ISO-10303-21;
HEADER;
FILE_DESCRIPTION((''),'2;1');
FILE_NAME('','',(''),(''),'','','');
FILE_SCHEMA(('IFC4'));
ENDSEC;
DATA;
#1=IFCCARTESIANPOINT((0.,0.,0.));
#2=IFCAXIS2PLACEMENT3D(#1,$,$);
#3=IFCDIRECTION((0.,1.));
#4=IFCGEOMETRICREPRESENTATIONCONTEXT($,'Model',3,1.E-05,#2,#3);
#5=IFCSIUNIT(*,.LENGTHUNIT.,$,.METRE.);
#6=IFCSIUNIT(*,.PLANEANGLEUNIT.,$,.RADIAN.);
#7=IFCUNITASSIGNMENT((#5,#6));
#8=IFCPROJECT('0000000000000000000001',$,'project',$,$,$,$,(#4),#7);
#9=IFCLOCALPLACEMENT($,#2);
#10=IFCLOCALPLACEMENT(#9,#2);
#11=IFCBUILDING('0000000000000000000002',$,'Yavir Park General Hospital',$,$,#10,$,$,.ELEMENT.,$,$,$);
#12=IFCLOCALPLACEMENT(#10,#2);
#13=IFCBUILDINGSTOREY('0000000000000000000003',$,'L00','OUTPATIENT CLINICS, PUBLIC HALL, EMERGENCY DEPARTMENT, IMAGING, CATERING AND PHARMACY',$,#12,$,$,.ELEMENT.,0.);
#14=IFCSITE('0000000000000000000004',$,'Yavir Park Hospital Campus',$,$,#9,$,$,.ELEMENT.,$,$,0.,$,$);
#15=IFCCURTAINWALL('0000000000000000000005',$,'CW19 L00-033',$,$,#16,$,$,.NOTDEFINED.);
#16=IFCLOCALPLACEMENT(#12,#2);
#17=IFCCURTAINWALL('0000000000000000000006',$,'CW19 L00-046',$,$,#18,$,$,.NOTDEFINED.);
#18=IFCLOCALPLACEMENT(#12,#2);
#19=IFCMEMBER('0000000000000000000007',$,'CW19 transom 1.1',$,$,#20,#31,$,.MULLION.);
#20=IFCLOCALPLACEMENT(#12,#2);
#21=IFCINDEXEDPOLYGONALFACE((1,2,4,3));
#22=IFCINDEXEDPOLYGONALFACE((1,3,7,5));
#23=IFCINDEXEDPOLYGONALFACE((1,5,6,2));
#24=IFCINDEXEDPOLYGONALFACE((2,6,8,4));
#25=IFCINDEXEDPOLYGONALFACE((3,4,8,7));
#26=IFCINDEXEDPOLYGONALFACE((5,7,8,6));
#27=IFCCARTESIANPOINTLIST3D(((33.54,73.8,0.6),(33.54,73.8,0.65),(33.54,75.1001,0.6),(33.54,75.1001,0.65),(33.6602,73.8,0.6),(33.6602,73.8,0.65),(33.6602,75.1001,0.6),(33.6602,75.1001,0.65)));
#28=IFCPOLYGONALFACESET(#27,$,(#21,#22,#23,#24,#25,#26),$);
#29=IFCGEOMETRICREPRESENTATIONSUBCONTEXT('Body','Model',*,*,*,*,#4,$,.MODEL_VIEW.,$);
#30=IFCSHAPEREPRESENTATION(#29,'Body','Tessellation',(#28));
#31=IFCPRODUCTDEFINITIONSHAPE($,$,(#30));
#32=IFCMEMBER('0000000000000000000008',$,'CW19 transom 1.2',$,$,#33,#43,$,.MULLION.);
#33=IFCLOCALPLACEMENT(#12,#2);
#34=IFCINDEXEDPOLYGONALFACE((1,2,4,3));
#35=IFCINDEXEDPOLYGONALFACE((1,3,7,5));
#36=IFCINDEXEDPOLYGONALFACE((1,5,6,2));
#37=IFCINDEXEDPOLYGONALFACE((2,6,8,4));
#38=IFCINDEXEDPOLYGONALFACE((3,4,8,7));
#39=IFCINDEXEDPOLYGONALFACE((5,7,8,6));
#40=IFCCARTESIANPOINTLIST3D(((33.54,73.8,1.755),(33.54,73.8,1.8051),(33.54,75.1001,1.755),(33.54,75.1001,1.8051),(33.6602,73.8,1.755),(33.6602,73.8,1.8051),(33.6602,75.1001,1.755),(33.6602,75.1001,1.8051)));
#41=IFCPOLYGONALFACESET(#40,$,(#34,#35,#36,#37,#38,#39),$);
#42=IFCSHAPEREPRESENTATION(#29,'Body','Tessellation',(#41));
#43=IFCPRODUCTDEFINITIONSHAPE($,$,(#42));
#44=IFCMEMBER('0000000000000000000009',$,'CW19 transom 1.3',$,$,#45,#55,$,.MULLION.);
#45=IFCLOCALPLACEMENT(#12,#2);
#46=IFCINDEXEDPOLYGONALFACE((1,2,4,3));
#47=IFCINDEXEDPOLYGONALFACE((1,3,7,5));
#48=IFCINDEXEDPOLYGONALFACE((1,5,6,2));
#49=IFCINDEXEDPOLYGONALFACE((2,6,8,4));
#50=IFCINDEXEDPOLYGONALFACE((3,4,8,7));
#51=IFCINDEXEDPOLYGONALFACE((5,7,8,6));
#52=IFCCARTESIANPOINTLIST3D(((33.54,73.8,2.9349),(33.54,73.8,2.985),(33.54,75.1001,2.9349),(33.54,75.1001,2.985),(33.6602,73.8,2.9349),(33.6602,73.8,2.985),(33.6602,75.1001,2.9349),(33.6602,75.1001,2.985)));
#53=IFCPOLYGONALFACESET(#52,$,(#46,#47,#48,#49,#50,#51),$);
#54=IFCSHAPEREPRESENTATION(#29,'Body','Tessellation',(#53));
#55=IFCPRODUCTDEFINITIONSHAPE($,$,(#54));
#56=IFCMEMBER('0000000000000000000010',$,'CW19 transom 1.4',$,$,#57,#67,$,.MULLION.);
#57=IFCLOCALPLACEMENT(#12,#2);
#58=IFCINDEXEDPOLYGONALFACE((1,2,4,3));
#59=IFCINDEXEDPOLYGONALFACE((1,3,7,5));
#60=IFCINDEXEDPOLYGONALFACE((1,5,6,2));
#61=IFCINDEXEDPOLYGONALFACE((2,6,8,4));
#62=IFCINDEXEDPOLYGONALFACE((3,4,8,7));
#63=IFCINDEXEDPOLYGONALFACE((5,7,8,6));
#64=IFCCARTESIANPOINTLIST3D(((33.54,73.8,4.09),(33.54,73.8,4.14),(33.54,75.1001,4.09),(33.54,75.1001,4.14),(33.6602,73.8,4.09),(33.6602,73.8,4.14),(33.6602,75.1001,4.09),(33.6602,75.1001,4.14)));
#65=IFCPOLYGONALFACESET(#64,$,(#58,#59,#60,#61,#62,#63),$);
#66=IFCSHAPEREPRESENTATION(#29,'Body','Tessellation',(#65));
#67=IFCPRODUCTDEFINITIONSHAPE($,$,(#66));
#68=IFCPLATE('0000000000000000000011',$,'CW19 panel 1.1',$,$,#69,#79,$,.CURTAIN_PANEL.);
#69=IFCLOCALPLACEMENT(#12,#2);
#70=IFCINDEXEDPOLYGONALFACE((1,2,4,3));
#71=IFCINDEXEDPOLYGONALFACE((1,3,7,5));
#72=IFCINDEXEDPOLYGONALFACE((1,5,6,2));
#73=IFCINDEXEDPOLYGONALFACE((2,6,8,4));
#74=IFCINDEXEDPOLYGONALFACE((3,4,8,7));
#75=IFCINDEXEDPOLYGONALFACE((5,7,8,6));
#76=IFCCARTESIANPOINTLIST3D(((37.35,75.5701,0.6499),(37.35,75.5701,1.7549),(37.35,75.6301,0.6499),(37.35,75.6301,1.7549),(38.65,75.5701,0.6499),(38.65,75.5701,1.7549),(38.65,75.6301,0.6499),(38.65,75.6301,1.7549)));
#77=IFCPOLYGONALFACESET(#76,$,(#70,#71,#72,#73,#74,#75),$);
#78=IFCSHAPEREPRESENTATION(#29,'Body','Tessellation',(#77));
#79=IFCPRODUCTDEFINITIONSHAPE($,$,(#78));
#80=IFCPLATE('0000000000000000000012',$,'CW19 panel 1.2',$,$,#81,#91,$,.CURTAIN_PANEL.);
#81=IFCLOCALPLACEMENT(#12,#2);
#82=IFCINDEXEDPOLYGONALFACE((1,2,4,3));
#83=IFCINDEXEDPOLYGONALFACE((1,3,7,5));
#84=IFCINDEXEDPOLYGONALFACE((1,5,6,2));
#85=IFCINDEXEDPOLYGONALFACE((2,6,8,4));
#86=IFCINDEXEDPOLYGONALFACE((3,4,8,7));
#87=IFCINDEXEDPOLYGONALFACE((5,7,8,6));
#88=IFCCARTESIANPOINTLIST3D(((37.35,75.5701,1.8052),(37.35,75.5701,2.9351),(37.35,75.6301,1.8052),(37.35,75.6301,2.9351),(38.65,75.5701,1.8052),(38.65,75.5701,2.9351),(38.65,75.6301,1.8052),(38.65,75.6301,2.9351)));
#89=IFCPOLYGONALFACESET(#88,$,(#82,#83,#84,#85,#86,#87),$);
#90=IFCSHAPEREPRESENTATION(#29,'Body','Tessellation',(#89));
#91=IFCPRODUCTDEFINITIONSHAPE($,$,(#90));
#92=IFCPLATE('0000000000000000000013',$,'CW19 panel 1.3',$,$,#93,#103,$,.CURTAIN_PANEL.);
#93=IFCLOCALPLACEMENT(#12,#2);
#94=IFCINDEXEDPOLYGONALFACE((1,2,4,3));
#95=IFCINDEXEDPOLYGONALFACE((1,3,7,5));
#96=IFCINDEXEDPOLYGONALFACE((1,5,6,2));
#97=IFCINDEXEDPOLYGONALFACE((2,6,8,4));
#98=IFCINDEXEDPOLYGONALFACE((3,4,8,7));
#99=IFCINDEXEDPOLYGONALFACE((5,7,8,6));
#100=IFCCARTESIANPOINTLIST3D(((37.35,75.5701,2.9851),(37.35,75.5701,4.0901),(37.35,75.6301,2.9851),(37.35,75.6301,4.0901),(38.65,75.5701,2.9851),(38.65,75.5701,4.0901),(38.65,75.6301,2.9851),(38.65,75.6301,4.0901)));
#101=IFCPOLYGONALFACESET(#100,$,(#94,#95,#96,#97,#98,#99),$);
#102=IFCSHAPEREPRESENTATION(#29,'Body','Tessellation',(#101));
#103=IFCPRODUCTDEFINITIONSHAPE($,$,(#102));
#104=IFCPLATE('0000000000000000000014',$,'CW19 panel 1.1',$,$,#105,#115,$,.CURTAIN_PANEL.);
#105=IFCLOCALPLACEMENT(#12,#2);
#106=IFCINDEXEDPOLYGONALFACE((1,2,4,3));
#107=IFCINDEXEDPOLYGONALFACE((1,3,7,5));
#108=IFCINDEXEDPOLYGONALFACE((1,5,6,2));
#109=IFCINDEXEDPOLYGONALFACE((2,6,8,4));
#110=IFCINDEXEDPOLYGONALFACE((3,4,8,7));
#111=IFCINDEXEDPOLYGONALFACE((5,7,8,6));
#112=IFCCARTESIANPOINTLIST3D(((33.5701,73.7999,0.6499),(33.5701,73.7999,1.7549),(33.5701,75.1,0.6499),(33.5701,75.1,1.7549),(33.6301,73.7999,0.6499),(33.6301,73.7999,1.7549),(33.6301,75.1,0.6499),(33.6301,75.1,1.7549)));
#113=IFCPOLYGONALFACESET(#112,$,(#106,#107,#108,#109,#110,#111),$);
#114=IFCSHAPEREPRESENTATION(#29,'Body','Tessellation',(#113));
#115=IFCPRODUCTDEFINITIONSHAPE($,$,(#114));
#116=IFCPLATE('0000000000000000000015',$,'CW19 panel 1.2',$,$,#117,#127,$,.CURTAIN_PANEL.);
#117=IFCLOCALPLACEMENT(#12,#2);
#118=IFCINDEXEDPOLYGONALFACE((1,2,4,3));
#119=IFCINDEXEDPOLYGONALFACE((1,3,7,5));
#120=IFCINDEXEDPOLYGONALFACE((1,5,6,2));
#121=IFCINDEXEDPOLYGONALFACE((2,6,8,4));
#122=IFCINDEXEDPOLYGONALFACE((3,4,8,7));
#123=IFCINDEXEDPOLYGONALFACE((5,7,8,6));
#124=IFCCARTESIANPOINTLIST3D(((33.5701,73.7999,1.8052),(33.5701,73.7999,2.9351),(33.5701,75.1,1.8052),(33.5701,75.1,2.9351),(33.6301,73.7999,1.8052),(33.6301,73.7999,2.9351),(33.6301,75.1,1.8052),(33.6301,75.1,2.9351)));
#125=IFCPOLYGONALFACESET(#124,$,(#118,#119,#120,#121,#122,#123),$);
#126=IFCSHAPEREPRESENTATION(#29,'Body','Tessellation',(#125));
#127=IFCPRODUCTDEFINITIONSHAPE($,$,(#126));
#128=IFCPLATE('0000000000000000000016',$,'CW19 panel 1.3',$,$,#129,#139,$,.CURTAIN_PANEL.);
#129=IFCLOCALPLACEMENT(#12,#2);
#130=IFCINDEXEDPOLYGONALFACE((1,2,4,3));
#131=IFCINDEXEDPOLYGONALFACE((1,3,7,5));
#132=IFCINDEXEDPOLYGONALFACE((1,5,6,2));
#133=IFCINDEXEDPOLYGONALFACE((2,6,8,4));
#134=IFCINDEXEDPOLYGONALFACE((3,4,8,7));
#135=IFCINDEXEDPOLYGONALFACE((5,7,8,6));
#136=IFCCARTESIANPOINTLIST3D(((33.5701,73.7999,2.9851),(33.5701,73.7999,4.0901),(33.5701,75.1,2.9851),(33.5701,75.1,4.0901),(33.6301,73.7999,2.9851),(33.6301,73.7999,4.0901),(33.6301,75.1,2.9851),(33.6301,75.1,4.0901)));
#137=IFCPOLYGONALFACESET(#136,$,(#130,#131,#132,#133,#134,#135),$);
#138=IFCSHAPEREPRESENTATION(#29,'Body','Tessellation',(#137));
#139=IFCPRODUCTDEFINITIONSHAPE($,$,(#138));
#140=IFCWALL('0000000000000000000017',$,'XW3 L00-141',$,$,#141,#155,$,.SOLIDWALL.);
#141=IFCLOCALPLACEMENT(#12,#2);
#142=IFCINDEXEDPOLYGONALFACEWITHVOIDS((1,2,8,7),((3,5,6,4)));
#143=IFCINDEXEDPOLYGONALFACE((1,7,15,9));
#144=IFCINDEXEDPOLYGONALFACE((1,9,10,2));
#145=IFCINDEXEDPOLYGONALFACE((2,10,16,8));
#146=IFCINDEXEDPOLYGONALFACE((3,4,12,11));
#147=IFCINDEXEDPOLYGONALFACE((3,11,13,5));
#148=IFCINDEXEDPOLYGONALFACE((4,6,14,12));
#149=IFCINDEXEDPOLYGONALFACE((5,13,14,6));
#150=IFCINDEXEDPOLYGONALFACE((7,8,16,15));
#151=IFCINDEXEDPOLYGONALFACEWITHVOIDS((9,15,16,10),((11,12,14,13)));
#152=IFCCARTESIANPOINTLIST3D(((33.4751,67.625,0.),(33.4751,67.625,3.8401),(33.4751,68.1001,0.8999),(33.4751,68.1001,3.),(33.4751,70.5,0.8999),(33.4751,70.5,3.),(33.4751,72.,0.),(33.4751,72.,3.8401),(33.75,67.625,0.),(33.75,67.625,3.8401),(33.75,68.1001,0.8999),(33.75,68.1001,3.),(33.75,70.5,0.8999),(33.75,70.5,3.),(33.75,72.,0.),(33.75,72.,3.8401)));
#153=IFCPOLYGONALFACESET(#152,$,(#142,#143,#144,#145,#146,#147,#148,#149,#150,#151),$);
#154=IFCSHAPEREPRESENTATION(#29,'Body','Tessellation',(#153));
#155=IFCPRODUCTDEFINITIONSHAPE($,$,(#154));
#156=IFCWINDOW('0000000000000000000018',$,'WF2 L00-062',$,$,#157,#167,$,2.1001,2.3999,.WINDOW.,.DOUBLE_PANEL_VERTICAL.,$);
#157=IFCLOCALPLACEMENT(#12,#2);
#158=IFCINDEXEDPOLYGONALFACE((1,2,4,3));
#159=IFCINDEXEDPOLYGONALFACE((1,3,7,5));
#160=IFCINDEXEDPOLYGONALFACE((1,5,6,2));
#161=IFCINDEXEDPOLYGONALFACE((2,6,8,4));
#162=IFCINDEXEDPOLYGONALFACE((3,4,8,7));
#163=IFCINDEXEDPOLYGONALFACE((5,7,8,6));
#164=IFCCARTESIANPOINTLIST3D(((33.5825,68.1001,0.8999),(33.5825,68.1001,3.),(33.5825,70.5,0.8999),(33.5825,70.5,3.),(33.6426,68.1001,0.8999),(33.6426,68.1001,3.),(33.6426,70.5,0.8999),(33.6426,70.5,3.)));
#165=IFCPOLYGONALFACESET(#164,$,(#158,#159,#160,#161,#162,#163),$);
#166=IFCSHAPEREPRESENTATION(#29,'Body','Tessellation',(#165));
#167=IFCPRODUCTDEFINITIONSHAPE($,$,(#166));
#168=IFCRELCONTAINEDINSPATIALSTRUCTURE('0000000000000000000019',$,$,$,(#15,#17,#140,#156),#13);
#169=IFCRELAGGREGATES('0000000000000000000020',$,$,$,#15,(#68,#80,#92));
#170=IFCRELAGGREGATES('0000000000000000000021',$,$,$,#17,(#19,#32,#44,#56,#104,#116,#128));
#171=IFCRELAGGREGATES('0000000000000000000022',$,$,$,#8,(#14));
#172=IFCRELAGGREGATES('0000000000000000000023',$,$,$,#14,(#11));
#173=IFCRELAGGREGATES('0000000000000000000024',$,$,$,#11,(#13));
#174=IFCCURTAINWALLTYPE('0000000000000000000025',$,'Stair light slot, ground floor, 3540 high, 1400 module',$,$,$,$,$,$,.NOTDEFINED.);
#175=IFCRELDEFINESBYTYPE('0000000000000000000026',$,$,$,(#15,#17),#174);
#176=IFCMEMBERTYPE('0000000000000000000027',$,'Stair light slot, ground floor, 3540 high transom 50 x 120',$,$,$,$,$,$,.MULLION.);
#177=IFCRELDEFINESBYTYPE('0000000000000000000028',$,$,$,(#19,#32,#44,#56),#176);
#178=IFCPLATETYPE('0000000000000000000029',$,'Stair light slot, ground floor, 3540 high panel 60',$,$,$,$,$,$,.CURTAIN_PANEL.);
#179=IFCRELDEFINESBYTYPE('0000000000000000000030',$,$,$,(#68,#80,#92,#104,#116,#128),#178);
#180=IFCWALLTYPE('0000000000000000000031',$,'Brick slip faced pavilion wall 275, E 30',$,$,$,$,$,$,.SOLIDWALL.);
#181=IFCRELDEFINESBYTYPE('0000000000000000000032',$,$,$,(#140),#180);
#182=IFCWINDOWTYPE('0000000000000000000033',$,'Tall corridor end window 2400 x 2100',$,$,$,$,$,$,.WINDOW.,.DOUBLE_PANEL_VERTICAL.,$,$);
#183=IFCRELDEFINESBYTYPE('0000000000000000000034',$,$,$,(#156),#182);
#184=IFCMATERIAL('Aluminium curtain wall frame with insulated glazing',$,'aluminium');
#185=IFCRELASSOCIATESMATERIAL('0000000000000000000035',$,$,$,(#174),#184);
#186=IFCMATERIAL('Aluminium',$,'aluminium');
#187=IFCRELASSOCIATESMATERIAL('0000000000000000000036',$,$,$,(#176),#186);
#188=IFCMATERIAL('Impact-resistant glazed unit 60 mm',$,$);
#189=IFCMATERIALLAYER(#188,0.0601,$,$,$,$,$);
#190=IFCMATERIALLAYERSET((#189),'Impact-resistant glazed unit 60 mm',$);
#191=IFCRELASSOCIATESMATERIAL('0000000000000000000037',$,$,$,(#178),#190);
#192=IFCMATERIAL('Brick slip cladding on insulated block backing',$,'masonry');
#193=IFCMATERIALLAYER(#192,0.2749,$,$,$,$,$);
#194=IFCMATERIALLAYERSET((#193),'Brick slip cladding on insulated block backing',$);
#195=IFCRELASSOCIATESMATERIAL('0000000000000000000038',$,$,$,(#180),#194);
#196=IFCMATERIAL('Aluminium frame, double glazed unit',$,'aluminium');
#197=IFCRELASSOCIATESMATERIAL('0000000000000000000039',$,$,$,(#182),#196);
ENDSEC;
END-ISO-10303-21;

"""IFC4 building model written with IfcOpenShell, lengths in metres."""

from ifc_helpers import new_model, si_unit, direction, frame, frame_2d, origin, origin_2d, place, context, subcontext, project, spatial, rectangle, extrude, material, layer, layer_set, material_profile, profile_set, type_object, element, fill, aggregate, save


model = new_model("IFC4")

# Units and contexts
model_context = context("Model", 3, precision=1e-05, world=origin(), true_north=direction((0.0, 1.0)))
body_context = subcontext(model_context, "Body", "Model", "MODEL_VIEW")
ifc_project = project(units=[si_unit("LENGTHUNIT", "METRE"), si_unit("PLANEANGLEUNIT", "RADIAN")], contexts=[model_context])

# Site, building, storey
site_placement = place(None, origin())
site = spatial("IfcSite", under=ifc_project, at=site_placement, Name="Yavir Park Hospital Campus", CompositionType="ELEMENT", RefElevation=0.0)
building_placement = place(site_placement, origin())
building = spatial("IfcBuilding", under=site, at=building_placement, Name="Yavir Park General Hospital", CompositionType="ELEMENT")
storey_placement = place(building_placement, origin())
storey = spatial("IfcBuildingStorey", under=building, at=storey_placement, Name="L00", Description="OUTPATIENT CLINICS, PUBLIC HALL, EMERGENCY DEPARTMENT, IMAGING, CATERING AND PHARMACY", CompositionType="ELEMENT", Elevation=0.0)

# Curtain walls
ifc_material_1 = material(Name="Aluminium curtain wall frame with insulated glazing", Category="aluminium")
curtain_wall_type = type_object("IfcCurtainWallType", Name="Stair light slot, ground floor, 3540 high, 1400 module", PredefinedType="NOTDEFINED", material=ifc_material_1)
curtain_wall_1_placement = place(storey_placement, origin())
curtain_wall_1 = element("IfcCurtainWall", 1, at=curtain_wall_1_placement, inside=storey, type_object=curtain_wall_type, Name="CW19 L00-033", PredefinedType="NOTDEFINED")
curtain_wall_2_placement = place(storey_placement, origin())
curtain_wall_2 = element("IfcCurtainWall", 2, at=curtain_wall_2_placement, inside=storey, type_object=curtain_wall_type, Name="CW19 L00-046", PredefinedType="NOTDEFINED")

# Members
ifc_material_2 = material(Name="Aluminium", Category="aluminium")
ifc_material_profile_1 = material_profile(ifc_material_2, rectangle(XDim=0.1201, YDim=0.05, at=origin_2d()), Name="AL 120x50")
ifc_profile_set_1 = profile_set([ifc_material_profile_1], Name="Aluminium")
member_type_1 = type_object("IfcMemberType", Name="Stair light slot, ground floor, 3540 high transom 50 x 120", PredefinedType="MULLION", material=ifc_profile_set_1)
member_1_placement = place(storey_placement, frame((33.6001, 73.8, 0.625), z_axis=(0.0, 1.0, 0.0), x_axis=(-1.0, 0.0, 0.0)))
member_1 = element("IfcMember", 3, at=member_1_placement, type_object=member_type_1, Name="CW19 transom 1.1", PredefinedType="MULLION", context=body_context, shape_type="SweptSolid", body=[
    extrude(rectangle(XDim=0.1201, YDim=0.05, at=origin_2d()), origin(), (0.0, 0.0, 1.0), 1.3),
])
member_2_placement = place(storey_placement, frame((33.6001, 73.8, 1.78), z_axis=(0.0, 1.0, 0.0), x_axis=(-1.0, 0.0, 0.0)))
member_2 = element("IfcMember", 4, at=member_2_placement, type_object=member_type_1, Name="CW19 transom 1.2", PredefinedType="MULLION", context=body_context, shape_type="SweptSolid", body=[
    extrude(rectangle(XDim=0.1201, YDim=0.05, at=origin_2d()), origin(), (0.0, 0.0, 1.0), 1.3),
])
member_3_placement = place(storey_placement, frame((33.6001, 73.8, 2.96), z_axis=(0.0, 1.0, 0.0), x_axis=(-1.0, 0.0, 0.0)))
member_3 = element("IfcMember", 5, at=member_3_placement, type_object=member_type_1, Name="CW19 transom 1.3", PredefinedType="MULLION", context=body_context, shape_type="SweptSolid", body=[
    extrude(rectangle(XDim=0.1201, YDim=0.05, at=origin_2d()), origin(), (0.0, 0.0, 1.0), 1.3),
])
member_4_placement = place(storey_placement, frame((33.6001, 73.8, 4.115), z_axis=(0.0, 1.0, 0.0), x_axis=(-1.0, 0.0, 0.0)))
member_4 = element("IfcMember", 6, at=member_4_placement, type_object=member_type_1, Name="CW19 transom 1.4", PredefinedType="MULLION", context=body_context, shape_type="SweptSolid", body=[
    extrude(rectangle(XDim=0.1201, YDim=0.05, at=origin_2d()), origin(), (0.0, 0.0, 1.0), 1.3),
])

# Plates
ifc_material_3 = material(Name="Impact-resistant glazed unit 60 mm")
ifc_layer_1 = layer(ifc_material_3, 0.0601)
ifc_layer_set_1 = layer_set([ifc_layer_1], Name="Impact-resistant glazed unit 60 mm")
plate_type = type_object("IfcPlateType", Name="Stair light slot, ground floor, 3540 high panel 60", PredefinedType="CURTAIN_PANEL", material=ifc_layer_set_1)
plate_1_placement = place(storey_placement, frame((38.0, 75.6001, 0.6499), z_axis=(0.0, 0.0, 1.0), x_axis=(1.0, 0.0, 0.0)))
plate_1 = element("IfcPlate", 7, at=plate_1_placement, type_object=plate_type, Name="CW19 panel 1.1", PredefinedType="CURTAIN_PANEL", context=body_context, shape_type="SweptSolid", body=[
    extrude(rectangle(XDim=1.3, YDim=0.0601, at=origin_2d()), origin(), (0.0, 0.0, 1.0), 1.105),
])
plate_2_placement = place(storey_placement, frame((38.0, 75.6001, 1.8052), z_axis=(0.0, 0.0, 1.0), x_axis=(1.0, 0.0, 0.0)))
plate_2 = element("IfcPlate", 8, at=plate_2_placement, type_object=plate_type, Name="CW19 panel 1.2", PredefinedType="CURTAIN_PANEL", context=body_context, shape_type="SweptSolid", body=[
    extrude(rectangle(XDim=1.3, YDim=0.0601, at=origin_2d()), origin(), (0.0, 0.0, 1.0), 1.1299),
])
plate_3_placement = place(storey_placement, frame((38.0, 75.6001, 2.9851), z_axis=(0.0, 0.0, 1.0), x_axis=(1.0, 0.0, 0.0)))
plate_3 = element("IfcPlate", 9, at=plate_3_placement, type_object=plate_type, Name="CW19 panel 1.3", PredefinedType="CURTAIN_PANEL", context=body_context, shape_type="SweptSolid", body=[
    extrude(rectangle(XDim=1.3, YDim=0.0601, at=origin_2d()), origin(), (0.0, 0.0, 1.0), 1.105),
])
aggregate(curtain_wall_1, [plate_1, plate_2, plate_3])
plate_4_placement = place(storey_placement, frame((33.6001, 74.45, 0.6499), z_axis=(0.0, 0.0, 1.0), x_axis=(0.0, 1.0, 0.0)))
plate_4 = element("IfcPlate", 10, at=plate_4_placement, type_object=plate_type, Name="CW19 panel 1.1", PredefinedType="CURTAIN_PANEL", context=body_context, shape_type="SweptSolid", body=[
    extrude(rectangle(XDim=1.3, YDim=0.0601, at=origin_2d()), origin(), (0.0, 0.0, 1.0), 1.105),
])
plate_5_placement = place(storey_placement, frame((33.6001, 74.45, 1.8052), z_axis=(0.0, 0.0, 1.0), x_axis=(0.0, 1.0, 0.0)))
plate_5 = element("IfcPlate", 11, at=plate_5_placement, type_object=plate_type, Name="CW19 panel 1.2", PredefinedType="CURTAIN_PANEL", context=body_context, shape_type="SweptSolid", body=[
    extrude(rectangle(XDim=1.3, YDim=0.0601, at=origin_2d()), origin(), (0.0, 0.0, 1.0), 1.1299),
])
plate_6_placement = place(storey_placement, frame((33.6001, 74.45, 2.9851), z_axis=(0.0, 0.0, 1.0), x_axis=(0.0, 1.0, 0.0)))
plate_6 = element("IfcPlate", 12, at=plate_6_placement, type_object=plate_type, Name="CW19 panel 1.3", PredefinedType="CURTAIN_PANEL", context=body_context, shape_type="SweptSolid", body=[
    extrude(rectangle(XDim=1.3, YDim=0.0601, at=origin_2d()), origin(), (0.0, 0.0, 1.0), 1.105),
])
aggregate(curtain_wall_2, [member_1, member_2, member_3, member_4, plate_4, plate_5, plate_6])

# Wall, opening, window
ifc_material_4 = material(Name="Brick slip cladding on insulated block backing", Category="masonry")
ifc_layer_2 = layer(ifc_material_4, 0.2749)
ifc_layer_set_2 = layer_set([ifc_layer_2], Name="Brick slip cladding on insulated block backing")
wall_type_1 = type_object("IfcWallType", Name="Brick slip faced pavilion wall 275, E 30", PredefinedType="SOLIDWALL", material=ifc_layer_set_2)
wall_1_placement = place(storey_placement, frame((33.6125, 67.625, 0.0), z_axis=(0.0, 0.0, 1.0), x_axis=(0.0, 1.0, 0.0)))
wall_1 = element("IfcWall", 13, at=wall_1_placement, inside=storey, type_object=wall_type_1, Name="XW3 L00-141", PredefinedType="SOLIDWALL", context=body_context, shape_type="SweptSolid", body=[
    extrude(rectangle(XDim=4.375, YDim=0.2749, at=frame_2d((2.1875, 0.0))), origin(), (0.0, 0.0, 1.0), 3.8401),
])
opening_1_placement = place(wall_1_placement, frame((0.4751, 0.0, 0.8999)))
opening_1 = element("IfcOpeningElement", 14, at=opening_1_placement, cuts=wall_1, PredefinedType="OPENING", context=body_context, shape_type="SweptSolid", body=[
    extrude(rectangle(XDim=2.3999, YDim=2.1001, at=frame_2d((1.2, 1.05))), frame((0.0, 0.1475, 0.0), z_axis=(0.0, -1.0, 0.0), x_axis=(1.0, 0.0, 0.0)), (0.0, 0.0, 1.0), 0.2949),
])
ifc_material_5 = material(Name="Aluminium frame, double glazed unit", Category="aluminium")
window_type = type_object("IfcWindowType", Name="Tall corridor end window 2400 x 2100", PartitioningType="DOUBLE_PANEL_VERTICAL", PredefinedType="WINDOW", material=ifc_material_5)
window_placement = place(opening_1_placement, origin())
window = element("IfcWindow", 15, at=window_placement, inside=storey, type_object=window_type, Name="WF2 L00-062", OverallHeight=2.1001, OverallWidth=2.3999, PartitioningType="DOUBLE_PANEL_VERTICAL", PredefinedType="WINDOW", context=body_context, shape_type="SweptSolid", body=[
    extrude(rectangle(XDim=2.3999, YDim=2.1001, at=frame_2d((1.2, 1.05))), frame((0.0, 0.03, 0.0), z_axis=(0.0, -1.0, 0.0), x_axis=(1.0, 0.0, 0.0)), (0.0, 0.0, 1.0), 0.0601),
])
fill(opening_1, window)

save(model, "model.ifc")
